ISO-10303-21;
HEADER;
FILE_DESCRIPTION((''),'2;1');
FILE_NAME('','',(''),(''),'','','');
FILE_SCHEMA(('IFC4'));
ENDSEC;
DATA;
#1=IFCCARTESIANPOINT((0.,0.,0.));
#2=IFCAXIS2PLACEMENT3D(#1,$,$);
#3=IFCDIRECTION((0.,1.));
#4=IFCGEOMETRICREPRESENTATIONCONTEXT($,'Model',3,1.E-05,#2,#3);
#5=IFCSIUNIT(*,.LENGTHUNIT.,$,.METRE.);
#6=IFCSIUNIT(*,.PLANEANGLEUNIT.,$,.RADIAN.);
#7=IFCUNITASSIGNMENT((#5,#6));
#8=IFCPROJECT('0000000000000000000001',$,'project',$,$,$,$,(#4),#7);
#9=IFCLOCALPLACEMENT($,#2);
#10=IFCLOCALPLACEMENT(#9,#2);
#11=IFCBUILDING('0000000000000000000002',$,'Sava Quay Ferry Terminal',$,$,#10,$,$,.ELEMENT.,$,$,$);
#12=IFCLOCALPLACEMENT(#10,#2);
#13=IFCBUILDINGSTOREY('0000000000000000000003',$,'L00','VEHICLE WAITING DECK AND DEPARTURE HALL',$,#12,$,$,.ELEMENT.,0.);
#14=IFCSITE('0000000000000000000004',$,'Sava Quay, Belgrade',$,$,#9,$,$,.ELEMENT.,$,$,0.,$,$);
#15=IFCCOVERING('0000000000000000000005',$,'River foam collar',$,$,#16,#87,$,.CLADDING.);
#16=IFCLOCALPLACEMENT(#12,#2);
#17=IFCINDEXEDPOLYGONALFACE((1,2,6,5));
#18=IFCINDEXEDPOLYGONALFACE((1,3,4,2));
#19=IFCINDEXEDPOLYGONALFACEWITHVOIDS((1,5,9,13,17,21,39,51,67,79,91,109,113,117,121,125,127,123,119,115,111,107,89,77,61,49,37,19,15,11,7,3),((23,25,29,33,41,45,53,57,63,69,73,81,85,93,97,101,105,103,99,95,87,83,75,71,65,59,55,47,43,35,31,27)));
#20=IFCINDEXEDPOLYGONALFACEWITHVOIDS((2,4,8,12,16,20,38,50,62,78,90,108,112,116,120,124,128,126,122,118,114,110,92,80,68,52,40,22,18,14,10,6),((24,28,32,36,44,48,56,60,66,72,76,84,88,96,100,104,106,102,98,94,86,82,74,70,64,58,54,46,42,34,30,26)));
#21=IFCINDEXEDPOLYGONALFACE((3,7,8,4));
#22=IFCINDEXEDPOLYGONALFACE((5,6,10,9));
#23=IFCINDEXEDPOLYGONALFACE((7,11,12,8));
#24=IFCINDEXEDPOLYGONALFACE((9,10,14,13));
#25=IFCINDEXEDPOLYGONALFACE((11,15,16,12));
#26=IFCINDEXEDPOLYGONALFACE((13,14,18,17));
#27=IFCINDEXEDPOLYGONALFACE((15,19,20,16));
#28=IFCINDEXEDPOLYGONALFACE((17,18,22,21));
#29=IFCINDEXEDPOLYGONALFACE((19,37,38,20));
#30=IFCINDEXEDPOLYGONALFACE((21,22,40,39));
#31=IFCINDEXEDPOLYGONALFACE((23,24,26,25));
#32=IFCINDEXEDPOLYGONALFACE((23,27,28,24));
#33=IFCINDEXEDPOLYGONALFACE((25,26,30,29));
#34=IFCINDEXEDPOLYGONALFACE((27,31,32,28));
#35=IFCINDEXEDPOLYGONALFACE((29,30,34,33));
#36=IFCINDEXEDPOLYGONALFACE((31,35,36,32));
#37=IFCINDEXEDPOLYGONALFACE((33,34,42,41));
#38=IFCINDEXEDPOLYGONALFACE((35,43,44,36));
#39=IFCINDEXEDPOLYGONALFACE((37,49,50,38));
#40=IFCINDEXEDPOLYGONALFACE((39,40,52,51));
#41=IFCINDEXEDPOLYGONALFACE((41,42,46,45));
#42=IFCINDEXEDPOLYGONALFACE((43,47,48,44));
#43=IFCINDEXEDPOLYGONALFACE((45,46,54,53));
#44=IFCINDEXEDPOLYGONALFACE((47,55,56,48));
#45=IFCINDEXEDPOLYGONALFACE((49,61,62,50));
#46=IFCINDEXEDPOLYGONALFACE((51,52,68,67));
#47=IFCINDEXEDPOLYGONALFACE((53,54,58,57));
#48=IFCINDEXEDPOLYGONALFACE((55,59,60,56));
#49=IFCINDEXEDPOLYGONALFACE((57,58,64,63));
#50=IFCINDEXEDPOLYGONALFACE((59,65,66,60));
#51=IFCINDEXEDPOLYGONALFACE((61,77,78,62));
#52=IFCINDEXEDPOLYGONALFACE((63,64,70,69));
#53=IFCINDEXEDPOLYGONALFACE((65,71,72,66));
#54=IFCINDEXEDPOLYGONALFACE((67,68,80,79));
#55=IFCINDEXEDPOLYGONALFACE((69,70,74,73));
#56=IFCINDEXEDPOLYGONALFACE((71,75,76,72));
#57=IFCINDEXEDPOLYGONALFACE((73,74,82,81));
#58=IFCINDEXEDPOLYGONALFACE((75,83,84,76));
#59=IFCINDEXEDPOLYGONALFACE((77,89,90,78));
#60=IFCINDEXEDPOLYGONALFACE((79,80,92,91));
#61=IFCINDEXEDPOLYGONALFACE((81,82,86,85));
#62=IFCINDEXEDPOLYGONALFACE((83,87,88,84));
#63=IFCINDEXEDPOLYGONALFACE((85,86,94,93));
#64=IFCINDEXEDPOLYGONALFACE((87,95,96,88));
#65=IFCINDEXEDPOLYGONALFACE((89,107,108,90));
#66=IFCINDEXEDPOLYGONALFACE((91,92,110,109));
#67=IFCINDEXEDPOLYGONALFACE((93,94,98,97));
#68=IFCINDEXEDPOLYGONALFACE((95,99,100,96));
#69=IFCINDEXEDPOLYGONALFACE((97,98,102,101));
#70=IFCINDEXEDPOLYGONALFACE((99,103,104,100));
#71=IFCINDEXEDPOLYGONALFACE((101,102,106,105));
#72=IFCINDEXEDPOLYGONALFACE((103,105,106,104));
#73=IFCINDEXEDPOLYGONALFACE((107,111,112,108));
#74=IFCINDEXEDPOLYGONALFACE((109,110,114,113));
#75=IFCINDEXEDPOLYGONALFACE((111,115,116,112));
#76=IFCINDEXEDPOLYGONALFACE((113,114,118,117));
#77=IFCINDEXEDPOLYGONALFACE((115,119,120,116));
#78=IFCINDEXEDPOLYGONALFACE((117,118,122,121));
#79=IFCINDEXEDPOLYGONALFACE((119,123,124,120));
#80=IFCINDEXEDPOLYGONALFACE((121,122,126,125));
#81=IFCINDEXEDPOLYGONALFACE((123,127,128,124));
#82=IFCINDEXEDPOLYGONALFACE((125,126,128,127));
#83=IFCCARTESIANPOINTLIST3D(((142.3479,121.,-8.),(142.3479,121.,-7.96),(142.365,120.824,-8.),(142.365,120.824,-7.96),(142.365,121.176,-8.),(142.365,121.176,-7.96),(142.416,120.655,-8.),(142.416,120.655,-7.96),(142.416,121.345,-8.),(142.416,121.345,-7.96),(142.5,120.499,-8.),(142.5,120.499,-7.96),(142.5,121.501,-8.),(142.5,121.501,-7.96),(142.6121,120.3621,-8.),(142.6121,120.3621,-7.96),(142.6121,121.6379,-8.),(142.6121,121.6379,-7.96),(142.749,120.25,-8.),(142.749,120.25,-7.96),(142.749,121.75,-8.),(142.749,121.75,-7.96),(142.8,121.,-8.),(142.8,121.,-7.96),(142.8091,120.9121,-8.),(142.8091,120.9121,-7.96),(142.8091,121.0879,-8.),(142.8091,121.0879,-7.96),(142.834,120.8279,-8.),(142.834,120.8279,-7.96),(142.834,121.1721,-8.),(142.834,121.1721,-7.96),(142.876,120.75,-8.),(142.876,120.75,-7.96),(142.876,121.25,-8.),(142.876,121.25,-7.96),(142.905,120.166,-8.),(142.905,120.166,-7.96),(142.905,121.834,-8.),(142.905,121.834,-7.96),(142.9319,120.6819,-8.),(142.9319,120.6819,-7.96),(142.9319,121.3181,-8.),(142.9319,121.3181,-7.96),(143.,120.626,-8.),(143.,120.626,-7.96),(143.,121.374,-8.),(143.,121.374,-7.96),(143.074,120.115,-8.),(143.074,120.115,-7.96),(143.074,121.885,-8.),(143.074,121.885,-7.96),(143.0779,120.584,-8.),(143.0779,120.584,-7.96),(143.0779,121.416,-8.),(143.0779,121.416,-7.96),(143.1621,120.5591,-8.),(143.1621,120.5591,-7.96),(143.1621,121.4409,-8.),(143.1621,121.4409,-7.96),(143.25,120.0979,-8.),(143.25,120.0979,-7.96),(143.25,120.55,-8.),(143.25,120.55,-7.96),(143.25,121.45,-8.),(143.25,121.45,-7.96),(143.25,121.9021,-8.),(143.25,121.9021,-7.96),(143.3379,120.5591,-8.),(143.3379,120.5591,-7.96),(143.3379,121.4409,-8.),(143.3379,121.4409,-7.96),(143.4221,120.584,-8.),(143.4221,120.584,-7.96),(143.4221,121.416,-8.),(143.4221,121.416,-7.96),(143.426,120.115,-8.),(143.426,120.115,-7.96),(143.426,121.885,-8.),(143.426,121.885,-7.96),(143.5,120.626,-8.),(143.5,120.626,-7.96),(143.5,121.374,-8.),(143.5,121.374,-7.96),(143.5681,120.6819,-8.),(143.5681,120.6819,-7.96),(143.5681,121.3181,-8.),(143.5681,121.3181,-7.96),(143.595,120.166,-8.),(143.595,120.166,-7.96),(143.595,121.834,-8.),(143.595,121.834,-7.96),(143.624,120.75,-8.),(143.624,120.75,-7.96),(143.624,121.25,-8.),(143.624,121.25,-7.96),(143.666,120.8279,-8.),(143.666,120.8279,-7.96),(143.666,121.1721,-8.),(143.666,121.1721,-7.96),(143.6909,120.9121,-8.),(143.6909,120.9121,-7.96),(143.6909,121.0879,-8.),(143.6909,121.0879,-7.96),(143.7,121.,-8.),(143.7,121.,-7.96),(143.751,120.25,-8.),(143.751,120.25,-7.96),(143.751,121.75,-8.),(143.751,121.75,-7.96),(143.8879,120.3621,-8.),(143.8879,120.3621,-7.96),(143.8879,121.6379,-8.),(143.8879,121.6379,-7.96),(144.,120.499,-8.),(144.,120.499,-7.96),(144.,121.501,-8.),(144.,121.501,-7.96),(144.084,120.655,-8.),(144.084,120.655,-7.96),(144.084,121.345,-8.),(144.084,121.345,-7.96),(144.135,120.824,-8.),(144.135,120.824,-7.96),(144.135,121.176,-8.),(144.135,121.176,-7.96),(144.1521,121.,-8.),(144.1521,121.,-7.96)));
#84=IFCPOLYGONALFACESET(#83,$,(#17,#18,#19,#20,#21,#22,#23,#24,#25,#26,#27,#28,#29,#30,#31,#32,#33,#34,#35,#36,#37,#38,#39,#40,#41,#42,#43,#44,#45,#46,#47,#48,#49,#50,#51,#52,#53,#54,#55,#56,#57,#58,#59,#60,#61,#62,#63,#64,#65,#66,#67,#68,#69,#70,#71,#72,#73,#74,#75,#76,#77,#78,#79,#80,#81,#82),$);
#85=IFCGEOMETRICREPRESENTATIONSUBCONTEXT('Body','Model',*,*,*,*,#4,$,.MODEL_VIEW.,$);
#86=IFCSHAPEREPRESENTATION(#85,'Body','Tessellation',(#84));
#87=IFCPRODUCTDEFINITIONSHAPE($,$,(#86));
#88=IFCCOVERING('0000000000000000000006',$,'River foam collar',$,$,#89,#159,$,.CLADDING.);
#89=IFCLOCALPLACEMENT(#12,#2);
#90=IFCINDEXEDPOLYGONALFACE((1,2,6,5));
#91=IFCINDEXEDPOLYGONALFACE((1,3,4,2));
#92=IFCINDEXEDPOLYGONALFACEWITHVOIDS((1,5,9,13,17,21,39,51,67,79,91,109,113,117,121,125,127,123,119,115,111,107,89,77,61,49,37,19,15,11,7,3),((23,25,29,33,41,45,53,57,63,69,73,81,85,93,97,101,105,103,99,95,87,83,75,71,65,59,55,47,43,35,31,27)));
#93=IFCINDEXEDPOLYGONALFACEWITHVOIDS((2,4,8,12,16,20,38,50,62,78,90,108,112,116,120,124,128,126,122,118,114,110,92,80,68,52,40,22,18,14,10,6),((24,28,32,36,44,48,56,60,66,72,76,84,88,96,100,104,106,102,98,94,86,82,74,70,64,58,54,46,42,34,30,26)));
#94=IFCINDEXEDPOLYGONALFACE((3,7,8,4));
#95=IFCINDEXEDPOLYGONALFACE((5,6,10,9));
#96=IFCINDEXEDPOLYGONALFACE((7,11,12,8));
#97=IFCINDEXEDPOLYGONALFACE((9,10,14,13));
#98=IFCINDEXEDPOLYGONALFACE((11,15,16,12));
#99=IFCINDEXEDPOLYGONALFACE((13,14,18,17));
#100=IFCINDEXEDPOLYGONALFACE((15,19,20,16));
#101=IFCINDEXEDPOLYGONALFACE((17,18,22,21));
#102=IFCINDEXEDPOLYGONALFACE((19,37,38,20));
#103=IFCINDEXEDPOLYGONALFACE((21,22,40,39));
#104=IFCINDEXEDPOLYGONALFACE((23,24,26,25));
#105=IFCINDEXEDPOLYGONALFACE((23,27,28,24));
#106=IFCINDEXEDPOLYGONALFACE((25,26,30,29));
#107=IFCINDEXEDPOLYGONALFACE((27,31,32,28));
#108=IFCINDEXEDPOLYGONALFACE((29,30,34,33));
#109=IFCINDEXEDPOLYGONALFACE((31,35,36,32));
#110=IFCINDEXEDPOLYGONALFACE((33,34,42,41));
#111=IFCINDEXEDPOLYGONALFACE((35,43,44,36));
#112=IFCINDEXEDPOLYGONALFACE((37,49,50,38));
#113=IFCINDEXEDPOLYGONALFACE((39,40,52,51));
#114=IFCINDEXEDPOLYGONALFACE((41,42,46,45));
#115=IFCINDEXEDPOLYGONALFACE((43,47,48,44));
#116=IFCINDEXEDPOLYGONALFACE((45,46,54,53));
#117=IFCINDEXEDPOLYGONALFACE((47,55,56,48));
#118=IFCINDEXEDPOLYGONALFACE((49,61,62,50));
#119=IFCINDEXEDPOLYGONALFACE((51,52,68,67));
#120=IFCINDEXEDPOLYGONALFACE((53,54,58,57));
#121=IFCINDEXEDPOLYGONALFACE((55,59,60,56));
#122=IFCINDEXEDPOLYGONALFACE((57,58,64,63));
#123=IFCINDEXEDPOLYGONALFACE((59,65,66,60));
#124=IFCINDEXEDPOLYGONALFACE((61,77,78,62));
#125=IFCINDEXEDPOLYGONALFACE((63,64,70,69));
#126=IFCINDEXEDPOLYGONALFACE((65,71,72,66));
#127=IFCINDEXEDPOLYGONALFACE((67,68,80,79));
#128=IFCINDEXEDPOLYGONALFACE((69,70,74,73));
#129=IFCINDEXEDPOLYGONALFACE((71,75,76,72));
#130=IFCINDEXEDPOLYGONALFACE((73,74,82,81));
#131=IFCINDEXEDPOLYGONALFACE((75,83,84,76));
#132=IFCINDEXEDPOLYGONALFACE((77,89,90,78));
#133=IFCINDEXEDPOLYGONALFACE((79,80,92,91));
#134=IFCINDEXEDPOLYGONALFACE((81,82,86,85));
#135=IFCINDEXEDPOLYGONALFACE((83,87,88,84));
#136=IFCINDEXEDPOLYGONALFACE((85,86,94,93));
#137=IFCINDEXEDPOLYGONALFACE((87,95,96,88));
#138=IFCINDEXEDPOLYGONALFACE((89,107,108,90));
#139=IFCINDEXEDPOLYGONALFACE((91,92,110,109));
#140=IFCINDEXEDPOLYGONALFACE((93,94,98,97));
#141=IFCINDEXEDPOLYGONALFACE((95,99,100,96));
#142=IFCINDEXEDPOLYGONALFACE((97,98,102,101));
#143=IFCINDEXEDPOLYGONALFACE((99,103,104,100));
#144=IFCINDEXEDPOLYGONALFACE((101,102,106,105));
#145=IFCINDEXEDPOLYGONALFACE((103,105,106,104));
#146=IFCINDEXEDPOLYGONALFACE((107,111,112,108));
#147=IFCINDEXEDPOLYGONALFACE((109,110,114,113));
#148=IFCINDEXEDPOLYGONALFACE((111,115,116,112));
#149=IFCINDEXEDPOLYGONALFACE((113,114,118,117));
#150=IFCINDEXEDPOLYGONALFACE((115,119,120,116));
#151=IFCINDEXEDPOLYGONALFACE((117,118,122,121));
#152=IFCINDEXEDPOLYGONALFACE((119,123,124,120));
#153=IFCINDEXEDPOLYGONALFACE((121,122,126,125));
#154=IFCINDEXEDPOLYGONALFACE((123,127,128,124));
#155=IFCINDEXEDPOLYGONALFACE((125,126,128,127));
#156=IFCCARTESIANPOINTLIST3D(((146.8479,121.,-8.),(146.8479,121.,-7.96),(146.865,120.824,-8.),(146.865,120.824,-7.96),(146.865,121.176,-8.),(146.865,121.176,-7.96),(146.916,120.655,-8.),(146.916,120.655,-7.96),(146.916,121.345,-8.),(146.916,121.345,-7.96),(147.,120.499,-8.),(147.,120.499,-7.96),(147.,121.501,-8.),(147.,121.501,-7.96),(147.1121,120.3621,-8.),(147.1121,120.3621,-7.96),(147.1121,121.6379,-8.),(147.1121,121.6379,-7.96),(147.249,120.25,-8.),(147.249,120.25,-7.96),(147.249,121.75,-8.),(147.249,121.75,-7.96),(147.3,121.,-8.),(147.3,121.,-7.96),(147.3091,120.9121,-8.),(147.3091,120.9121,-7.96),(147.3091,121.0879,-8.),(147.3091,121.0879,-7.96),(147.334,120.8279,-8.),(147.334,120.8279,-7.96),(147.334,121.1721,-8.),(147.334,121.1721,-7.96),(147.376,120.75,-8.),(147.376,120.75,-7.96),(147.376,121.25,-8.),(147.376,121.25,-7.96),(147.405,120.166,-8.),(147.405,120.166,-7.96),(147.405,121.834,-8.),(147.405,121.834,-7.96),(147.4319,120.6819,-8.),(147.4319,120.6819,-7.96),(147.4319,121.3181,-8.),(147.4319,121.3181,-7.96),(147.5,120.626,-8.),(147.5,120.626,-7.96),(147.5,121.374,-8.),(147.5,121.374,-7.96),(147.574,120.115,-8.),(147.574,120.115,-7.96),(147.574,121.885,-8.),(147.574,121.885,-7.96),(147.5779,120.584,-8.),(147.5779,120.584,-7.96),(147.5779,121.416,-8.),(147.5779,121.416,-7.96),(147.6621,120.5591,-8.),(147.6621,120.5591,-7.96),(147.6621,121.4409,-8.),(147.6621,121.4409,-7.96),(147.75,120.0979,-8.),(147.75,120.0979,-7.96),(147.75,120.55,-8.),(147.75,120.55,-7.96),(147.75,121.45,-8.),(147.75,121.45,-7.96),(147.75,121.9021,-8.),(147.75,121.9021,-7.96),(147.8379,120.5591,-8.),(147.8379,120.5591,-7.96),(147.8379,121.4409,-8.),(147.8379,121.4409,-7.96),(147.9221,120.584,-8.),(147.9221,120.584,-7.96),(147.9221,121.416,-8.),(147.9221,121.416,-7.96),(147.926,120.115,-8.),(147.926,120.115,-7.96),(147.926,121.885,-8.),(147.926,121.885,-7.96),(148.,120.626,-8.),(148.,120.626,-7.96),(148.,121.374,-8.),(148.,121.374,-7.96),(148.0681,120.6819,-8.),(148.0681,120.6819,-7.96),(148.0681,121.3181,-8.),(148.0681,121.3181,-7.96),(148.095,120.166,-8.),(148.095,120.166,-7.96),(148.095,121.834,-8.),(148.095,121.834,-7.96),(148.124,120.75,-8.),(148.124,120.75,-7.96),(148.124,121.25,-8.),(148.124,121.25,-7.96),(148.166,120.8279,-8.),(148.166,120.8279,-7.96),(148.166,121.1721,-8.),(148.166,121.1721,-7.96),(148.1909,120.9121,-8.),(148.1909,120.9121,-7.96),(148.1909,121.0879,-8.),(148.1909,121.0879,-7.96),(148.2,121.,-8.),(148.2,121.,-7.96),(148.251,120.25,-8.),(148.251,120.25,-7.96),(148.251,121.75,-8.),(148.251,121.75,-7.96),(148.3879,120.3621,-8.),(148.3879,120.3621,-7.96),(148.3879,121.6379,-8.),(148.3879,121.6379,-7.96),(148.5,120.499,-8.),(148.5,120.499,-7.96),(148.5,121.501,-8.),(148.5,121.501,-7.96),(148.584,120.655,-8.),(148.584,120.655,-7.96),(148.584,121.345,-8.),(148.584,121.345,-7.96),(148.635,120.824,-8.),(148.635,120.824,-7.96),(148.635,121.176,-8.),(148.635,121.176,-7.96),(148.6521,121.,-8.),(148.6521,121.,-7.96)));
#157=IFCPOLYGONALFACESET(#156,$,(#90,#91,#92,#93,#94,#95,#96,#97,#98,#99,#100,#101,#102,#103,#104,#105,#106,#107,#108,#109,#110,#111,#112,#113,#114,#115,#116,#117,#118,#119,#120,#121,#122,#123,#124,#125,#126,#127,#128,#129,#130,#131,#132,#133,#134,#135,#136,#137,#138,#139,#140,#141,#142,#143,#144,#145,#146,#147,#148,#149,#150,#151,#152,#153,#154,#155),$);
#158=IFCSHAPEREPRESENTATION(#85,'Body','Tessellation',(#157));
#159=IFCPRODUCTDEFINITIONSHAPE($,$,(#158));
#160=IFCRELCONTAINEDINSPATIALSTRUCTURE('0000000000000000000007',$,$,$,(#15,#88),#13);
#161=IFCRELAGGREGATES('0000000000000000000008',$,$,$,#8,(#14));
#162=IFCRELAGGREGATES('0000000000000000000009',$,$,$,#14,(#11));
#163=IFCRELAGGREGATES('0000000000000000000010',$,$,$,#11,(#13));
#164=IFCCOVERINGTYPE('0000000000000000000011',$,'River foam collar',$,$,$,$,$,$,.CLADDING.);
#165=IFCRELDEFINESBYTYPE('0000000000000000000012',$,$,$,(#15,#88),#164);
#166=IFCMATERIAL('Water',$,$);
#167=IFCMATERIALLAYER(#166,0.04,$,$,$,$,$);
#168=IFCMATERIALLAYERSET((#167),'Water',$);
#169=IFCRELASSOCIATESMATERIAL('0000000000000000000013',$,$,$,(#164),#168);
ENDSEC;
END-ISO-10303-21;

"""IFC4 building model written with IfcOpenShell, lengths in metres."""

from ifc_helpers import new_model, si_unit, direction, frame, origin, place, context, subcontext, project, spatial, polyline, outline, extrude, material, layer, layer_set, type_object, element, save


model = new_model("IFC4")

# Units and contexts
model_context = context("Model", 3, precision=1e-05, world=origin(), true_north=direction((0.0, 1.0)))
body_context = subcontext(model_context, "Body", "Model", "MODEL_VIEW")
ifc_project = project(units=[si_unit("LENGTHUNIT", "METRE"), si_unit("PLANEANGLEUNIT", "RADIAN")], contexts=[model_context])

# Site, building, storey
site_placement = place(None, origin())
site = spatial("IfcSite", under=ifc_project, at=site_placement, Name="Sava Quay, Belgrade", CompositionType="ELEMENT", RefElevation=0.0)
building_placement = place(site_placement, origin())
building = spatial("IfcBuilding", under=site, at=building_placement, Name="Sava Quay Ferry Terminal", CompositionType="ELEMENT")
storey_placement = place(building_placement, origin())
storey = spatial("IfcBuildingStorey", under=building, at=storey_placement, Name="L00", Description="VEHICLE WAITING DECK AND DEPARTURE HALL", CompositionType="ELEMENT", Elevation=0.0)

# Coverings
ifc_material = material(Name="Water")
ifc_layer = layer(ifc_material, 0.04)
ifc_layer_set = layer_set([ifc_layer], Name="Water")
covering_type = type_object("IfcCoveringType", Name="River foam collar", PredefinedType="CLADDING", material=ifc_layer_set)
covering_1_placement = place(storey_placement, frame((0.0, 0.0, -8.0)))
element("IfcCovering", 1, at=covering_1_placement, inside=storey, type_object=covering_type, Name="River foam collar", PredefinedType="CLADDING", context=body_context, shape_type="SweptSolid", body=[
    extrude(outline(polyline([(142.5, 120.499), (142.6121, 120.3621), (142.749, 120.25), (142.905, 120.166), (143.074, 120.115), (143.25, 120.0979), (143.426, 120.115), (143.595, 120.166), (143.751, 120.25), (143.8879, 120.3621), (144.0, 120.499), (144.084, 120.655), (144.135, 120.824), (144.1521, 121.0), (144.135, 121.176), (144.084, 121.345), (144.0, 121.501), (143.8879, 121.6379), (143.751, 121.75), (143.595, 121.834), (143.426, 121.885), (143.25, 121.9021), (143.074, 121.885), (142.905, 121.834), (142.749, 121.75), (142.6121, 121.6379), (142.5, 121.501), (142.416, 121.345), (142.365, 121.176), (142.3479, 121.0), (142.365, 120.824), (142.416, 120.655), (142.5, 120.499)]), holes=[polyline([(142.876, 121.25), (142.9319, 121.3181), (143.0, 121.374), (143.0779, 121.416), (143.1621, 121.4409), (143.25, 121.45), (143.3379, 121.4409), (143.4221, 121.416), (143.5, 121.374), (143.5681, 121.3181), (143.624, 121.25), (143.666, 121.1721), (143.6909, 121.0879), (143.7, 121.0), (143.6909, 120.9121), (143.666, 120.8279), (143.624, 120.75), (143.5681, 120.6819), (143.5, 120.626), (143.4221, 120.584), (143.3379, 120.5591), (143.25, 120.55), (143.1621, 120.5591), (143.0779, 120.584), (143.0, 120.626), (142.9319, 120.6819), (142.876, 120.75), (142.834, 120.8279), (142.8091, 120.9121), (142.8, 121.0), (142.8091, 121.0879), (142.834, 121.1721), (142.876, 121.25)])]), origin(), (0.0, 0.0, 1.0), 0.04),
])
covering_2_placement = place(storey_placement, frame((0.0, 0.0, -8.0)))
element("IfcCovering", 2, at=covering_2_placement, inside=storey, type_object=covering_type, Name="River foam collar", PredefinedType="CLADDING", context=body_context, shape_type="SweptSolid", body=[
    extrude(outline(polyline([(146.916, 120.655), (147.0, 120.499), (147.1121, 120.3621), (147.249, 120.25), (147.405, 120.166), (147.574, 120.115), (147.75, 120.0979), (147.926, 120.115), (148.095, 120.166), (148.251, 120.25), (148.3879, 120.3621), (148.5, 120.499), (148.584, 120.655), (148.635, 120.824), (148.6521, 121.0), (148.635, 121.176), (148.584, 121.345), (148.5, 121.501), (148.3879, 121.6379), (148.251, 121.75), (148.095, 121.834), (147.926, 121.885), (147.75, 121.9021), (147.574, 121.885), (147.405, 121.834), (147.249, 121.75), (147.1121, 121.6379), (147.0, 121.501), (146.916, 121.345), (146.865, 121.176), (146.8479, 121.0), (146.865, 120.824), (146.916, 120.655)]), holes=[polyline([(147.334, 121.1721), (147.376, 121.25), (147.4319, 121.3181), (147.5, 121.374), (147.5779, 121.416), (147.6621, 121.4409), (147.75, 121.45), (147.8379, 121.4409), (147.9221, 121.416), (148.0, 121.374), (148.0681, 121.3181), (148.124, 121.25), (148.166, 121.1721), (148.1909, 121.0879), (148.2, 121.0), (148.1909, 120.9121), (148.166, 120.8279), (148.124, 120.75), (148.0681, 120.6819), (148.0, 120.626), (147.9221, 120.584), (147.8379, 120.5591), (147.75, 120.55), (147.6621, 120.5591), (147.5779, 120.584), (147.5, 120.626), (147.4319, 120.6819), (147.376, 120.75), (147.334, 120.8279), (147.3091, 120.9121), (147.3, 121.0), (147.3091, 121.0879), (147.334, 121.1721)])]), origin(), (0.0, 0.0, 1.0), 0.04),
])

save(model, "model.ifc")
